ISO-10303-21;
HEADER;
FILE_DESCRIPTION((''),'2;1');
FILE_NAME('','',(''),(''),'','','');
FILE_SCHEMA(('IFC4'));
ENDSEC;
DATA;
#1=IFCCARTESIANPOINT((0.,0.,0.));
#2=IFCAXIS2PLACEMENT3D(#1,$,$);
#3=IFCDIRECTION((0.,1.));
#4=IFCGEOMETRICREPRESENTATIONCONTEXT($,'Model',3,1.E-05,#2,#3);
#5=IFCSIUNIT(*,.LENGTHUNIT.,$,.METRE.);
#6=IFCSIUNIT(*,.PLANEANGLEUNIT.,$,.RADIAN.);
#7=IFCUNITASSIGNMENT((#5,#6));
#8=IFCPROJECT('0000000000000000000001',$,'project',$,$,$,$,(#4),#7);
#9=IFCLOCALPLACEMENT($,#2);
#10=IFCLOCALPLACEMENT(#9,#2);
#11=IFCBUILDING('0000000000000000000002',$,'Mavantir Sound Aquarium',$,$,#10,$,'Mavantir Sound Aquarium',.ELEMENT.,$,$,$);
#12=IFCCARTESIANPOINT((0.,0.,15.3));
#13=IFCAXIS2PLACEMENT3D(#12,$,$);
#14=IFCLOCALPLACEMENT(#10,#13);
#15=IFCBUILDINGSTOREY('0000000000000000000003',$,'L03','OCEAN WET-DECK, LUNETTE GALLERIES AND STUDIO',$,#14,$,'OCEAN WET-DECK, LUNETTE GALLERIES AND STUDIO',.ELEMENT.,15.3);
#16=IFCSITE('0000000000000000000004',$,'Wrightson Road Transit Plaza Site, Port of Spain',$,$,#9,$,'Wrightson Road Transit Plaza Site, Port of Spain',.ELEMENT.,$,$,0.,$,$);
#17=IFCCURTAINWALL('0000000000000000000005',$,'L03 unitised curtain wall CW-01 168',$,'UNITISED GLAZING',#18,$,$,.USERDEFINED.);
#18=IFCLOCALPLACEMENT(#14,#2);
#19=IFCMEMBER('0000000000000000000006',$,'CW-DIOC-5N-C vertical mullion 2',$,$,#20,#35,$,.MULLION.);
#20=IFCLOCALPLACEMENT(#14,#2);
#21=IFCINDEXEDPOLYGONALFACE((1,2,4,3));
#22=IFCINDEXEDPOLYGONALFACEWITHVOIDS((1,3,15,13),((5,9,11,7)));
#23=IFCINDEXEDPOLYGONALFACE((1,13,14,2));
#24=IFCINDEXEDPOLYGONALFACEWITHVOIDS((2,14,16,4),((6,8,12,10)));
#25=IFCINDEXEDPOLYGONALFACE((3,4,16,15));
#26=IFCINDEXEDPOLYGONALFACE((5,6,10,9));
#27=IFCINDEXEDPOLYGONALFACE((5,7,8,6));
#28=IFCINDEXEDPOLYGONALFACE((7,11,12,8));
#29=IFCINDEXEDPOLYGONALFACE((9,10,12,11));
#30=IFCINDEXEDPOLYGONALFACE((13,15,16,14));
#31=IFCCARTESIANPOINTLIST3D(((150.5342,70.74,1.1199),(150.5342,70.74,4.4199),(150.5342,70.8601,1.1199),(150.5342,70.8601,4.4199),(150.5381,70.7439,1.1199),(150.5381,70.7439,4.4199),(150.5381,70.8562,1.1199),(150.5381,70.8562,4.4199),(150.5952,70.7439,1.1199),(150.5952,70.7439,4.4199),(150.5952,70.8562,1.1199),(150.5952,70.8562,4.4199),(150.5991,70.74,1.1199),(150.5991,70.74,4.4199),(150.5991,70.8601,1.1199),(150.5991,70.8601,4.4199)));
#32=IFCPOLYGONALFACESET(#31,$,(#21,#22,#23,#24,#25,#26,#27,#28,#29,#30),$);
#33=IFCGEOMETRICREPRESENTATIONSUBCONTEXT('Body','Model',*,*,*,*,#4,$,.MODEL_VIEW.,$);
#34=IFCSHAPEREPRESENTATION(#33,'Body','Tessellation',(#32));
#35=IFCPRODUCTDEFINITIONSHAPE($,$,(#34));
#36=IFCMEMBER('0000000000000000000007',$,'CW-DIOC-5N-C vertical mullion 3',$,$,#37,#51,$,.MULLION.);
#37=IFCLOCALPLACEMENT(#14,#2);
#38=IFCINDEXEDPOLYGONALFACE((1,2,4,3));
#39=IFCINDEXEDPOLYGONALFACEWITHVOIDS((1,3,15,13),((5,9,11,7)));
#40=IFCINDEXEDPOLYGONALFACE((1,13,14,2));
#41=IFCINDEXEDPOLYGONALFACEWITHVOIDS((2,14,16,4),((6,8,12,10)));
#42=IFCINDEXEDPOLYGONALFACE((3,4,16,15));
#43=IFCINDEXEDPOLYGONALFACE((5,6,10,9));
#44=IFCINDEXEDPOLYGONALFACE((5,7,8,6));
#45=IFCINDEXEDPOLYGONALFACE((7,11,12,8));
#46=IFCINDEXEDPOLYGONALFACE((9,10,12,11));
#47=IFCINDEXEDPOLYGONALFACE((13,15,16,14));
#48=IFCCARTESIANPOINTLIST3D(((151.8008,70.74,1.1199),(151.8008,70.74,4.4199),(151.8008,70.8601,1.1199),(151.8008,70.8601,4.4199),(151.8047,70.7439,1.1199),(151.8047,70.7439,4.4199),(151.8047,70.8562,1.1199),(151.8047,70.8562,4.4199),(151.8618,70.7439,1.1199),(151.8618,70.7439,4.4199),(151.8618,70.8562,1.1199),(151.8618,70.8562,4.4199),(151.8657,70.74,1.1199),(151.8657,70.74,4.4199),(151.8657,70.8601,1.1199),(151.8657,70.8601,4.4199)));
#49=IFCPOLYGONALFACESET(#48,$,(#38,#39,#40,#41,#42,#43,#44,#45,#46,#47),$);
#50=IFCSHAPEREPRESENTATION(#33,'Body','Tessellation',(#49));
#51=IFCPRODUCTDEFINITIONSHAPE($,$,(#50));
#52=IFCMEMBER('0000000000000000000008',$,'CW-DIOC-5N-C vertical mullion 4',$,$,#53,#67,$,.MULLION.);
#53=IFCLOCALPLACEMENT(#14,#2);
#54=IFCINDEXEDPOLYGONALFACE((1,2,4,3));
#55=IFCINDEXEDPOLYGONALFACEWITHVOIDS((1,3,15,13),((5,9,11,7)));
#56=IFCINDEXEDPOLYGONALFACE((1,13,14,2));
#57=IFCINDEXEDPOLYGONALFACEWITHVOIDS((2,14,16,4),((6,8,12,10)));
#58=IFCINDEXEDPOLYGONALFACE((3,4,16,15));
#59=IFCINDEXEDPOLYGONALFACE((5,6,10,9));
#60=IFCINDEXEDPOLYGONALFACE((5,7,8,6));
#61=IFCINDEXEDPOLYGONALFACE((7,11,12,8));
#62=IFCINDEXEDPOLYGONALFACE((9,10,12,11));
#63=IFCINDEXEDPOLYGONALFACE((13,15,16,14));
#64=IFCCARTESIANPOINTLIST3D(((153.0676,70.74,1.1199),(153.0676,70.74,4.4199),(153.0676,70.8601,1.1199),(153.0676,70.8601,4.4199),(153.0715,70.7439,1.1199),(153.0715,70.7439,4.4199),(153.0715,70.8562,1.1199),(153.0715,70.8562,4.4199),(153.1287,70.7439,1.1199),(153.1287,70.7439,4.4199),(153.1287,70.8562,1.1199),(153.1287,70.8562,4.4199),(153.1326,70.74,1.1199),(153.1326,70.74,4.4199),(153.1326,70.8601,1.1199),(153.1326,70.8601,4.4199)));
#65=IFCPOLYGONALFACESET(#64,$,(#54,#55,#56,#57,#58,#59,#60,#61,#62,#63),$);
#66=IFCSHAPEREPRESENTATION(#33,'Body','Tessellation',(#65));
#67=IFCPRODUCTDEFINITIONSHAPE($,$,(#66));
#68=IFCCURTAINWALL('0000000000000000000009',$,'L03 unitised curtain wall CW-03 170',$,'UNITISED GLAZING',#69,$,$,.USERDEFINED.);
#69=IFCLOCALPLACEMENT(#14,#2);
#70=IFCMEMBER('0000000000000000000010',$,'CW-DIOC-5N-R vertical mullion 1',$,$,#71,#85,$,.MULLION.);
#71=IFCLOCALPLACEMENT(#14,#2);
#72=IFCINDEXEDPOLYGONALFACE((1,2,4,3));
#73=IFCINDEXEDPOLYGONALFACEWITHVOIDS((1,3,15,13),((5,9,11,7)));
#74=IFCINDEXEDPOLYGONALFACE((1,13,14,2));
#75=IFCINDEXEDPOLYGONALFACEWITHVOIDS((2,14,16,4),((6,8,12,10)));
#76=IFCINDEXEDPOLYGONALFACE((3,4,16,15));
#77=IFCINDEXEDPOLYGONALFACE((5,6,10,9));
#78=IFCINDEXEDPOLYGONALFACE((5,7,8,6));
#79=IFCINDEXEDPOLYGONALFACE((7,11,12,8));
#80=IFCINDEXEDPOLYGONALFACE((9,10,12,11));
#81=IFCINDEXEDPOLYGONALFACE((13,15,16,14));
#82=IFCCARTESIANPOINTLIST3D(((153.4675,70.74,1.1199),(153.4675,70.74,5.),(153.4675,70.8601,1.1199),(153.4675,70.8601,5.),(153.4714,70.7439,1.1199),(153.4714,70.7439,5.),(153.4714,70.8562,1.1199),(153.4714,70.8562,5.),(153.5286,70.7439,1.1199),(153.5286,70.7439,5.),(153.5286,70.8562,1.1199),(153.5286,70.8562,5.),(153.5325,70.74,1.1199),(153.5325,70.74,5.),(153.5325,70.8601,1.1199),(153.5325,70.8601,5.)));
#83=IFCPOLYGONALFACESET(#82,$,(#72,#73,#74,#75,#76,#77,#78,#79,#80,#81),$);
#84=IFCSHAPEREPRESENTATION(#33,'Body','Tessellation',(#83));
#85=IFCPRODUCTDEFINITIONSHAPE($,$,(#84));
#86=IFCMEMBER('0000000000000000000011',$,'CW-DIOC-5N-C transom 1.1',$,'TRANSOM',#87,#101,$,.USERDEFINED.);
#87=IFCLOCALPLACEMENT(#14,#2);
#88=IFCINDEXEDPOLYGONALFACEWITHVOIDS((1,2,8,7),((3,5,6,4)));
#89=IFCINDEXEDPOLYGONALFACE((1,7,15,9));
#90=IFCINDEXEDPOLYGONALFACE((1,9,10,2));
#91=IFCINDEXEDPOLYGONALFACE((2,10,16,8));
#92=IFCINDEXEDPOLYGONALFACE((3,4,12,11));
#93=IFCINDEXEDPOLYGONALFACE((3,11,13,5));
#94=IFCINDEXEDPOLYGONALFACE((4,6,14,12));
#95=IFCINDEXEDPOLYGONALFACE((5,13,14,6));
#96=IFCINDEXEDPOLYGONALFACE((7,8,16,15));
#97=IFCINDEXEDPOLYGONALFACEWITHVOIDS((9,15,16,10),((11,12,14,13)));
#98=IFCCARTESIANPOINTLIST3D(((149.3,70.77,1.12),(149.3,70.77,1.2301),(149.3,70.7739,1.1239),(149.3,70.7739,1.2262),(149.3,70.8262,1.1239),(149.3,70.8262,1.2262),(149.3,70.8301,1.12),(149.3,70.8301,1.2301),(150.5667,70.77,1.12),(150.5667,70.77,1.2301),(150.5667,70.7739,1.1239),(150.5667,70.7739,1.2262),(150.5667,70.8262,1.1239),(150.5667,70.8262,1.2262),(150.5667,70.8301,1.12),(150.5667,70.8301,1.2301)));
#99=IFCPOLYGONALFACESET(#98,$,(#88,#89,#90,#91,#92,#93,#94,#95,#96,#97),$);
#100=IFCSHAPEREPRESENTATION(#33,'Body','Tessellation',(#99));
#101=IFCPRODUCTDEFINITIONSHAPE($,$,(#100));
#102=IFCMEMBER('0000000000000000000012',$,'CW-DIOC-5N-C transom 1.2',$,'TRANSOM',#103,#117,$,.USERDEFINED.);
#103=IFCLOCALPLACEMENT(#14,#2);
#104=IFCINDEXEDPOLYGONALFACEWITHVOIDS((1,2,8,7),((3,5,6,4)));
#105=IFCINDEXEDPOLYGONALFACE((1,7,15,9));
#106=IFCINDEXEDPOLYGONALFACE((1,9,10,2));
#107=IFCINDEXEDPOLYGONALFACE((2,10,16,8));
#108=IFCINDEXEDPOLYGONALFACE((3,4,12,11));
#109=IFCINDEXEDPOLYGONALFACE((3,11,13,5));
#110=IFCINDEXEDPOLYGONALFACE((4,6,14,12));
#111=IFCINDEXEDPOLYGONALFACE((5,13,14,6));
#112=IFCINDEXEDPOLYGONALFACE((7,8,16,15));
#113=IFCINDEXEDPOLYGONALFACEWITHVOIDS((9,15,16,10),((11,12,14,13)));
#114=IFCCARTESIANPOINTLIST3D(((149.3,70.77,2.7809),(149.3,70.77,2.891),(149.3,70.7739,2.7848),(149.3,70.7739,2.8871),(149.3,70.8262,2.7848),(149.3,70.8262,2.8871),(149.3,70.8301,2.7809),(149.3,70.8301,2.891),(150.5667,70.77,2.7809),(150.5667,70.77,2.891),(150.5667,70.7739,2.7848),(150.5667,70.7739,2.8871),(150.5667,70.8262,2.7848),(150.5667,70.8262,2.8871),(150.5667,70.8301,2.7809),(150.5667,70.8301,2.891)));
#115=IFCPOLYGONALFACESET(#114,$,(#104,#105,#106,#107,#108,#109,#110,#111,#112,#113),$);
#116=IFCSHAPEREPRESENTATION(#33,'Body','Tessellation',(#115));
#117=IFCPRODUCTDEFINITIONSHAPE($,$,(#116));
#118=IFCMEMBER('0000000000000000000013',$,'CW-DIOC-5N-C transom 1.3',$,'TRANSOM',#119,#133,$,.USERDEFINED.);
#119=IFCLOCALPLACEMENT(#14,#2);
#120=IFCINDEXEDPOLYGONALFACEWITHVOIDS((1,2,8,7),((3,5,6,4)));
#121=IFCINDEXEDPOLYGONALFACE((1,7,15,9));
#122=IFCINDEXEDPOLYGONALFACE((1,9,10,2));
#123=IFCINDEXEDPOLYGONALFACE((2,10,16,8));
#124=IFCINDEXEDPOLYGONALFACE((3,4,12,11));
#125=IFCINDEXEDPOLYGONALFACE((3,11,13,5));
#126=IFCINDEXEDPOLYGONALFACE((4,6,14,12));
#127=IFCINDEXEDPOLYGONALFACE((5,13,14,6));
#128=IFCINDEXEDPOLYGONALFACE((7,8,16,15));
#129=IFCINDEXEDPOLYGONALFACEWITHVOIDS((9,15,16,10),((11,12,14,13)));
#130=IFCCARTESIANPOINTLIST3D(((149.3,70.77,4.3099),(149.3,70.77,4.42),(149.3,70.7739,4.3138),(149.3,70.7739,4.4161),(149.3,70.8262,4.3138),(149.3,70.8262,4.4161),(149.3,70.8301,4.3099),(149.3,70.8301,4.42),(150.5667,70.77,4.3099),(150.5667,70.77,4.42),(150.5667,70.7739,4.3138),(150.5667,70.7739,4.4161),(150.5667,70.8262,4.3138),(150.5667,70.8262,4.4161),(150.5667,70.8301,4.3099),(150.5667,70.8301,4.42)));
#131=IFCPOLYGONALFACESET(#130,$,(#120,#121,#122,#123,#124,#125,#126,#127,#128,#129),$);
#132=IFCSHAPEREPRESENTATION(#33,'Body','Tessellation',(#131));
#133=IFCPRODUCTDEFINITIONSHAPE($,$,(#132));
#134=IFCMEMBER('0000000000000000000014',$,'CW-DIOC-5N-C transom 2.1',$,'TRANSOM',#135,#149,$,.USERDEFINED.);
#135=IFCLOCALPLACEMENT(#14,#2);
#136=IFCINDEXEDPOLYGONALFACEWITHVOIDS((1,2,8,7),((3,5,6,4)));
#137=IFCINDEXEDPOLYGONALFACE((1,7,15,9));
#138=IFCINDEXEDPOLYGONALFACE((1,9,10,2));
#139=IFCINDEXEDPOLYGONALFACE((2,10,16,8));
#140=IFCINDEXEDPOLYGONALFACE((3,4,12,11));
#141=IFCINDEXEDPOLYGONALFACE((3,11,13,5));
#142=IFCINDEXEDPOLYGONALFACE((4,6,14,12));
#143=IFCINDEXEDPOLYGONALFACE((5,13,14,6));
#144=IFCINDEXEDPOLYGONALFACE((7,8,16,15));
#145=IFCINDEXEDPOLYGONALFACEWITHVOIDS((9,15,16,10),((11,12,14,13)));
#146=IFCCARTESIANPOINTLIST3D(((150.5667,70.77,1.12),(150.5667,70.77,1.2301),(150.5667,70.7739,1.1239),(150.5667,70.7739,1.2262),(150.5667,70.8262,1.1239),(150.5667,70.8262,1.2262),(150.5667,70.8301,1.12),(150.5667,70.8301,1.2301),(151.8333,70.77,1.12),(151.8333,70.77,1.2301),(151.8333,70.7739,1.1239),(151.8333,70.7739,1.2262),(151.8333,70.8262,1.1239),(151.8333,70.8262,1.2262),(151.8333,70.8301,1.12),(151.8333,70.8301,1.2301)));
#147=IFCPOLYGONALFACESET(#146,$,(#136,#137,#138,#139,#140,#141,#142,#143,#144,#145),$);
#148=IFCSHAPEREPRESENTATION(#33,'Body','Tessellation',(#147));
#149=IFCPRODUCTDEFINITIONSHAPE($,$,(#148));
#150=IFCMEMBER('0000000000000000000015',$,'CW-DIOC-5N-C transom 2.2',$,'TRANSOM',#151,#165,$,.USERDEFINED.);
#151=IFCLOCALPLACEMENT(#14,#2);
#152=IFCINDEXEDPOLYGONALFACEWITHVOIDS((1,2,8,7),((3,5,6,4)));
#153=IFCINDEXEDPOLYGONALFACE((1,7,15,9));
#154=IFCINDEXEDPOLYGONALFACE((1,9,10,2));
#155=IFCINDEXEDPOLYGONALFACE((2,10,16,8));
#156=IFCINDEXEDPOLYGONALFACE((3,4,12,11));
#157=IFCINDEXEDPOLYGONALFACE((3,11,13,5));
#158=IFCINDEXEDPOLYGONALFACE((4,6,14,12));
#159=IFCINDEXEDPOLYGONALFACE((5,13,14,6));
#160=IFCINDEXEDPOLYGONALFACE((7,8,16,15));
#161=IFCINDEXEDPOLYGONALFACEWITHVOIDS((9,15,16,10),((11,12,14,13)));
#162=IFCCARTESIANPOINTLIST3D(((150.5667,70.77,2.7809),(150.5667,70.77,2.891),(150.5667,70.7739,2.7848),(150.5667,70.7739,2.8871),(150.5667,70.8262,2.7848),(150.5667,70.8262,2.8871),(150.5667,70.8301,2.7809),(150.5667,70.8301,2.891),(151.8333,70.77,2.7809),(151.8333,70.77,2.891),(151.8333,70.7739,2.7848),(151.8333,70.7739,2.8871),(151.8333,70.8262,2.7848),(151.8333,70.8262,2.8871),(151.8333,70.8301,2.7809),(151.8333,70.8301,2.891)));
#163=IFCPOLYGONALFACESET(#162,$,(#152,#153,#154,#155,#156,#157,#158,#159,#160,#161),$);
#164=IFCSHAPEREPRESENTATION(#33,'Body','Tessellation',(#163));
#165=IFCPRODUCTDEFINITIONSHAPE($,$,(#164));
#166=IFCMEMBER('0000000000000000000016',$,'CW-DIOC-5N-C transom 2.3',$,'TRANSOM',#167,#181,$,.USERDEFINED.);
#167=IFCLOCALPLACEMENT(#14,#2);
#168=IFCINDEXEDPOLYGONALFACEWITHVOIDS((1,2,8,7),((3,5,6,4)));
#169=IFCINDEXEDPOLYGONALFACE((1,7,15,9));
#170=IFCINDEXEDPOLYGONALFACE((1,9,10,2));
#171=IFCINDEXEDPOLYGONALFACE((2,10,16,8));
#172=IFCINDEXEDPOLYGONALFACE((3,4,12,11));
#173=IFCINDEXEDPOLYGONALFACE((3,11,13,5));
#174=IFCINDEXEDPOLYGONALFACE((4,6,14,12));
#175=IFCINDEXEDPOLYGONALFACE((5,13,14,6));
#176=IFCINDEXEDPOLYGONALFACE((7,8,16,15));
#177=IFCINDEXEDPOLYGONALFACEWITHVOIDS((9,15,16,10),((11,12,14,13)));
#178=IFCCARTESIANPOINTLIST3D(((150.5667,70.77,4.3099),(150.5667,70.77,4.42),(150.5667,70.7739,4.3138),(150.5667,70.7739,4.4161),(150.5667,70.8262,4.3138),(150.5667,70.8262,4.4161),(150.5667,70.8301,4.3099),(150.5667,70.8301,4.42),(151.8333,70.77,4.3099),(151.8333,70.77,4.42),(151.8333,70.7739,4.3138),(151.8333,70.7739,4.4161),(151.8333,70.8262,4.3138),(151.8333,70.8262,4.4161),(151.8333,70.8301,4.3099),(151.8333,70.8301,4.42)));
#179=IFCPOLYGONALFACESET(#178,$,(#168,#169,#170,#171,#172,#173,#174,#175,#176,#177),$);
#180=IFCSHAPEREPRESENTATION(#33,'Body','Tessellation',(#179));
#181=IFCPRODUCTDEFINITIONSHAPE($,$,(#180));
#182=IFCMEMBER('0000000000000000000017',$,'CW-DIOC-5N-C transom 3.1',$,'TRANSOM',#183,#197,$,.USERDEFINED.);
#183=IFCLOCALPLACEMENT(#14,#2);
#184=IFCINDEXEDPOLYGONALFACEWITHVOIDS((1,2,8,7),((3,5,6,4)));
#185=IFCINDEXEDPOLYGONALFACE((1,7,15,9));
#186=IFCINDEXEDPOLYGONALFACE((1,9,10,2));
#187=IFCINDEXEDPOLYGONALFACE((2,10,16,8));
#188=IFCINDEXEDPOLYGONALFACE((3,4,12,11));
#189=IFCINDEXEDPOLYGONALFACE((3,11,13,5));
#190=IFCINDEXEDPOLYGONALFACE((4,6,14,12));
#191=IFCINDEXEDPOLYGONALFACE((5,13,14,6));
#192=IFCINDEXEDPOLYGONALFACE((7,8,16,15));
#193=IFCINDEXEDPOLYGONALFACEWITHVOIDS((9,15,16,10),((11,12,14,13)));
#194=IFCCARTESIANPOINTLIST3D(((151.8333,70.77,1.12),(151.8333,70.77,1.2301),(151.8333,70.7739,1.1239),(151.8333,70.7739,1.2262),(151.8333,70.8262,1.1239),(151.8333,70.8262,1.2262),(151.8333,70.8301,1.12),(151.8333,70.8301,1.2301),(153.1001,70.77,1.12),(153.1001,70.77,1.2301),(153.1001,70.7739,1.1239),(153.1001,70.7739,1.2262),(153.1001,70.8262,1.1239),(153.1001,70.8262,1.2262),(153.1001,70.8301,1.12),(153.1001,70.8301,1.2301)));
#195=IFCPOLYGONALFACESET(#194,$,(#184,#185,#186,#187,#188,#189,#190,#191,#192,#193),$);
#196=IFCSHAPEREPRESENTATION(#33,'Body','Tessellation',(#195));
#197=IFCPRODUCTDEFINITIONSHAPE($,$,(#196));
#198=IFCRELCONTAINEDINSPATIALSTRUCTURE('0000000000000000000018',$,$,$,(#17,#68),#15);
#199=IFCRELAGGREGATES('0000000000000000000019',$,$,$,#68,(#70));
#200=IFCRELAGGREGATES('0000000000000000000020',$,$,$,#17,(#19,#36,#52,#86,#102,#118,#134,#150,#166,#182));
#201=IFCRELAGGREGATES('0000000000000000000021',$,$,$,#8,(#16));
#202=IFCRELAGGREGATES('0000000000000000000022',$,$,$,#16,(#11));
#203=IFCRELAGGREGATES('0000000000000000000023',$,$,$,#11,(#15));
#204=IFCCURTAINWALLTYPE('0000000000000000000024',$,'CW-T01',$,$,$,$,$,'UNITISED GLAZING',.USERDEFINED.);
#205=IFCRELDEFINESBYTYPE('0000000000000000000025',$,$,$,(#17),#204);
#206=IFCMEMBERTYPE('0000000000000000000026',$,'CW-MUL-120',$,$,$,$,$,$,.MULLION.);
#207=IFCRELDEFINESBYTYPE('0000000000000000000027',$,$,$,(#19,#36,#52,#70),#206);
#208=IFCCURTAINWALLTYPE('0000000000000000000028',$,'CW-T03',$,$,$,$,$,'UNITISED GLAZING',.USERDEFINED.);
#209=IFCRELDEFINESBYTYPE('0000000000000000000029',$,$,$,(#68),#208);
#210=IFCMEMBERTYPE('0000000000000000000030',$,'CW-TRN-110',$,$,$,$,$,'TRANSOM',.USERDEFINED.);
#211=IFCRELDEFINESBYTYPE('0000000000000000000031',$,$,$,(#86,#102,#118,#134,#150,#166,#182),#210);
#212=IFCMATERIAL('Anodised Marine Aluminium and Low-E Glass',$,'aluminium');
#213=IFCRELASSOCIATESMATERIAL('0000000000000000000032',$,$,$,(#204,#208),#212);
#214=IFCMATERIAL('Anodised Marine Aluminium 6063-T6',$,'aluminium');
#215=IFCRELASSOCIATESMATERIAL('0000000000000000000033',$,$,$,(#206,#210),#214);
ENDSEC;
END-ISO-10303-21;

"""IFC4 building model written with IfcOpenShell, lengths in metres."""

from ifc_helpers import new_model, si_unit, direction, frame, origin, origin_2d, place, context, subcontext, project, spatial, hollow_rectangle, extrude, material, material_profile, profile_set, type_object, element, aggregate, save


model = new_model("IFC4")

# Units and contexts
model_context = context("Model", 3, precision=1e-05, world=origin(), true_north=direction((0.0, 1.0)))
body_context = subcontext(model_context, "Body", "Model", "MODEL_VIEW")
ifc_project = project(units=[si_unit("LENGTHUNIT", "METRE"), si_unit("PLANEANGLEUNIT", "RADIAN")], contexts=[model_context])

# Site, building, storey
site_placement = place(None, origin())
site = spatial("IfcSite", under=ifc_project, at=site_placement, Name="Wrightson Road Transit Plaza Site, Port of Spain", LongName="Wrightson Road Transit Plaza Site, Port of Spain", CompositionType="ELEMENT", RefElevation=0.0)
building_placement = place(site_placement, origin())
building = spatial("IfcBuilding", under=site, at=building_placement, Name="Mavantir Sound Aquarium", LongName="Mavantir Sound Aquarium", CompositionType="ELEMENT")
storey_placement = place(building_placement, frame((0.0, 0.0, 15.3)))
storey = spatial("IfcBuildingStorey", under=building, at=storey_placement, Name="L03", Description="OCEAN WET-DECK, LUNETTE GALLERIES AND STUDIO", LongName="OCEAN WET-DECK, LUNETTE GALLERIES AND STUDIO", CompositionType="ELEMENT", Elevation=15.3)

# Curtain wall, members
ifc_material_1 = material(Name="Anodised Marine Aluminium and Low-E Glass", Category="aluminium")
curtain_wall_type_1 = type_object("IfcCurtainWallType", Name="CW-T01", ElementType="UNITISED GLAZING", PredefinedType="USERDEFINED", material=ifc_material_1)
curtain_wall_1_placement = place(storey_placement, origin())
curtain_wall_1 = element("IfcCurtainWall", 1, at=curtain_wall_1_placement, inside=storey, type_object=curtain_wall_type_1, Name="L03 unitised curtain wall CW-01 168", ObjectType="UNITISED GLAZING", PredefinedType="USERDEFINED")
ifc_material_2 = material(Name="Anodised Marine Aluminium 6063-T6", Category="aluminium")
ifc_material_profile_1 = material_profile(ifc_material_2, hollow_rectangle(XDim=0.0649, YDim=0.1201, WallThickness=0.0039, at=origin_2d()), Name="ALU-MULLION-120X65")
ifc_profile_set_1 = profile_set([ifc_material_profile_1], Name="Anodised Marine Aluminium 6063-T6")
member_type_1 = type_object("IfcMemberType", Name="CW-MUL-120", PredefinedType="MULLION", material=ifc_profile_set_1)
member_1_placement = place(storey_placement, frame((150.5667, 70.8, 1.1199), z_axis=(0.0, 0.0, 1.0), x_axis=(1.0, 0.0, 0.0)))
member_1 = element("IfcMember", 2, at=member_1_placement, type_object=member_type_1, Name="CW-DIOC-5N-C vertical mullion 2", PredefinedType="MULLION", context=body_context, shape_type="SweptSolid", body=[
    extrude(hollow_rectangle(XDim=0.0649, YDim=0.1201, WallThickness=0.0039, at=origin_2d()), origin(), (0.0, 0.0, 1.0), 3.3),
])
member_2_placement = place(storey_placement, frame((151.8333, 70.8, 1.1199), z_axis=(0.0, 0.0, 1.0), x_axis=(1.0, 0.0, 0.0)))
member_2 = element("IfcMember", 3, at=member_2_placement, type_object=member_type_1, Name="CW-DIOC-5N-C vertical mullion 3", PredefinedType="MULLION", context=body_context, shape_type="SweptSolid", body=[
    extrude(hollow_rectangle(XDim=0.0649, YDim=0.1201, WallThickness=0.0039, at=origin_2d()), origin(), (0.0, 0.0, 1.0), 3.3),
])
member_3_placement = place(storey_placement, frame((153.1001, 70.8, 1.1199), z_axis=(0.0, 0.0, 1.0), x_axis=(1.0, 0.0, 0.0)))
member_3 = element("IfcMember", 4, at=member_3_placement, type_object=member_type_1, Name="CW-DIOC-5N-C vertical mullion 4", PredefinedType="MULLION", context=body_context, shape_type="SweptSolid", body=[
    extrude(hollow_rectangle(XDim=0.0649, YDim=0.1201, WallThickness=0.0039, at=origin_2d()), origin(), (0.0, 0.0, 1.0), 3.3),
])

# Curtain wall, member
curtain_wall_type_2 = type_object("IfcCurtainWallType", Name="CW-T03", ElementType="UNITISED GLAZING", PredefinedType="USERDEFINED", material=ifc_material_1)
curtain_wall_2_placement = place(storey_placement, origin())
curtain_wall_2 = element("IfcCurtainWall", 5, at=curtain_wall_2_placement, inside=storey, type_object=curtain_wall_type_2, Name="L03 unitised curtain wall CW-03 170", ObjectType="UNITISED GLAZING", PredefinedType="USERDEFINED")
member_4_placement = place(storey_placement, frame((153.5, 70.8, 1.1199), z_axis=(0.0, 0.0, 1.0), x_axis=(1.0, 0.0, 0.0)))
member_4 = element("IfcMember", 6, at=member_4_placement, type_object=member_type_1, Name="CW-DIOC-5N-R vertical mullion 1", PredefinedType="MULLION", context=body_context, shape_type="SweptSolid", body=[
    extrude(hollow_rectangle(XDim=0.0649, YDim=0.1201, WallThickness=0.0039, at=origin_2d()), origin(), (0.0, 0.0, 1.0), 3.8801),
])

# Members
ifc_material_profile_2 = material_profile(ifc_material_2, hollow_rectangle(XDim=0.0601, YDim=0.1101, WallThickness=0.0039, at=origin_2d()), Name="ALU-TRANSOM-110X60")
ifc_profile_set_2 = profile_set([ifc_material_profile_2], Name="Anodised Marine Aluminium 6063-T6")
member_type_2 = type_object("IfcMemberType", Name="CW-TRN-110", ElementType="TRANSOM", PredefinedType="USERDEFINED", material=ifc_profile_set_2)
member_5_placement = place(storey_placement, frame((149.3, 70.8, 1.175), z_axis=(1.0, 0.0, 0.0), x_axis=(0.0, 1.0, 0.0)))
member_5 = element("IfcMember", 7, at=member_5_placement, type_object=member_type_2, Name="CW-DIOC-5N-C transom 1.1", ObjectType="TRANSOM", PredefinedType="USERDEFINED", context=body_context, shape_type="SweptSolid", body=[
    extrude(hollow_rectangle(XDim=0.0601, YDim=0.1101, WallThickness=0.0039, at=origin_2d()), origin(), (0.0, 0.0, 1.0), 1.2666),
])
member_6_placement = place(storey_placement, frame((149.3, 70.8, 2.8359), z_axis=(1.0, 0.0, 0.0), x_axis=(0.0, 1.0, 0.0)))
member_6 = element("IfcMember", 8, at=member_6_placement, type_object=member_type_2, Name="CW-DIOC-5N-C transom 1.2", ObjectType="TRANSOM", PredefinedType="USERDEFINED", context=body_context, shape_type="SweptSolid", body=[
    extrude(hollow_rectangle(XDim=0.0601, YDim=0.1101, WallThickness=0.0039, at=origin_2d()), origin(), (0.0, 0.0, 1.0), 1.2666),
])
member_7_placement = place(storey_placement, frame((149.3, 70.8, 4.365), z_axis=(1.0, 0.0, 0.0), x_axis=(0.0, 1.0, 0.0)))
member_7 = element("IfcMember", 9, at=member_7_placement, type_object=member_type_2, Name="CW-DIOC-5N-C transom 1.3", ObjectType="TRANSOM", PredefinedType="USERDEFINED", context=body_context, shape_type="SweptSolid", body=[
    extrude(hollow_rectangle(XDim=0.0601, YDim=0.1101, WallThickness=0.0039, at=origin_2d()), origin(), (0.0, 0.0, 1.0), 1.2666),
])
member_8_placement = place(storey_placement, frame((150.5667, 70.8, 1.175), z_axis=(1.0, 0.0, 0.0), x_axis=(0.0, 1.0, 0.0)))
member_8 = element("IfcMember", 10, at=member_8_placement, type_object=member_type_2, Name="CW-DIOC-5N-C transom 2.1", ObjectType="TRANSOM", PredefinedType="USERDEFINED", context=body_context, shape_type="SweptSolid", body=[
    extrude(hollow_rectangle(XDim=0.0601, YDim=0.1101, WallThickness=0.0039, at=origin_2d()), origin(), (0.0, 0.0, 1.0), 1.2666),
])
member_9_placement = place(storey_placement, frame((150.5667, 70.8, 2.8359), z_axis=(1.0, 0.0, 0.0), x_axis=(0.0, 1.0, 0.0)))
member_9 = element("IfcMember", 11, at=member_9_placement, type_object=member_type_2, Name="CW-DIOC-5N-C transom 2.2", ObjectType="TRANSOM", PredefinedType="USERDEFINED", context=body_context, shape_type="SweptSolid", body=[
    extrude(hollow_rectangle(XDim=0.0601, YDim=0.1101, WallThickness=0.0039, at=origin_2d()), origin(), (0.0, 0.0, 1.0), 1.2666),
])
member_10_placement = place(storey_placement, frame((150.5667, 70.8, 4.365), z_axis=(1.0, 0.0, 0.0), x_axis=(0.0, 1.0, 0.0)))
member_10 = element("IfcMember", 12, at=member_10_placement, type_object=member_type_2, Name="CW-DIOC-5N-C transom 2.3", ObjectType="TRANSOM", PredefinedType="USERDEFINED", context=body_context, shape_type="SweptSolid", body=[
    extrude(hollow_rectangle(XDim=0.0601, YDim=0.1101, WallThickness=0.0039, at=origin_2d()), origin(), (0.0, 0.0, 1.0), 1.2666),
])
member_11_placement = place(storey_placement, frame((151.8333, 70.8, 1.175), z_axis=(1.0, 0.0, 0.0), x_axis=(0.0, 1.0, 0.0)))
member_11 = element("IfcMember", 13, at=member_11_placement, type_object=member_type_2, Name="CW-DIOC-5N-C transom 3.1", ObjectType="TRANSOM", PredefinedType="USERDEFINED", context=body_context, shape_type="SweptSolid", body=[
    extrude(hollow_rectangle(XDim=0.0601, YDim=0.1101, WallThickness=0.0039, at=origin_2d()), origin(), (0.0, 0.0, 1.0), 1.2668),
])
aggregate(curtain_wall_2, [member_4])

aggregate(curtain_wall_1, [member_1, member_2, member_3, member_5, member_6, member_7, member_8, member_9, member_10, member_11])

save(model, "model.ifc")
